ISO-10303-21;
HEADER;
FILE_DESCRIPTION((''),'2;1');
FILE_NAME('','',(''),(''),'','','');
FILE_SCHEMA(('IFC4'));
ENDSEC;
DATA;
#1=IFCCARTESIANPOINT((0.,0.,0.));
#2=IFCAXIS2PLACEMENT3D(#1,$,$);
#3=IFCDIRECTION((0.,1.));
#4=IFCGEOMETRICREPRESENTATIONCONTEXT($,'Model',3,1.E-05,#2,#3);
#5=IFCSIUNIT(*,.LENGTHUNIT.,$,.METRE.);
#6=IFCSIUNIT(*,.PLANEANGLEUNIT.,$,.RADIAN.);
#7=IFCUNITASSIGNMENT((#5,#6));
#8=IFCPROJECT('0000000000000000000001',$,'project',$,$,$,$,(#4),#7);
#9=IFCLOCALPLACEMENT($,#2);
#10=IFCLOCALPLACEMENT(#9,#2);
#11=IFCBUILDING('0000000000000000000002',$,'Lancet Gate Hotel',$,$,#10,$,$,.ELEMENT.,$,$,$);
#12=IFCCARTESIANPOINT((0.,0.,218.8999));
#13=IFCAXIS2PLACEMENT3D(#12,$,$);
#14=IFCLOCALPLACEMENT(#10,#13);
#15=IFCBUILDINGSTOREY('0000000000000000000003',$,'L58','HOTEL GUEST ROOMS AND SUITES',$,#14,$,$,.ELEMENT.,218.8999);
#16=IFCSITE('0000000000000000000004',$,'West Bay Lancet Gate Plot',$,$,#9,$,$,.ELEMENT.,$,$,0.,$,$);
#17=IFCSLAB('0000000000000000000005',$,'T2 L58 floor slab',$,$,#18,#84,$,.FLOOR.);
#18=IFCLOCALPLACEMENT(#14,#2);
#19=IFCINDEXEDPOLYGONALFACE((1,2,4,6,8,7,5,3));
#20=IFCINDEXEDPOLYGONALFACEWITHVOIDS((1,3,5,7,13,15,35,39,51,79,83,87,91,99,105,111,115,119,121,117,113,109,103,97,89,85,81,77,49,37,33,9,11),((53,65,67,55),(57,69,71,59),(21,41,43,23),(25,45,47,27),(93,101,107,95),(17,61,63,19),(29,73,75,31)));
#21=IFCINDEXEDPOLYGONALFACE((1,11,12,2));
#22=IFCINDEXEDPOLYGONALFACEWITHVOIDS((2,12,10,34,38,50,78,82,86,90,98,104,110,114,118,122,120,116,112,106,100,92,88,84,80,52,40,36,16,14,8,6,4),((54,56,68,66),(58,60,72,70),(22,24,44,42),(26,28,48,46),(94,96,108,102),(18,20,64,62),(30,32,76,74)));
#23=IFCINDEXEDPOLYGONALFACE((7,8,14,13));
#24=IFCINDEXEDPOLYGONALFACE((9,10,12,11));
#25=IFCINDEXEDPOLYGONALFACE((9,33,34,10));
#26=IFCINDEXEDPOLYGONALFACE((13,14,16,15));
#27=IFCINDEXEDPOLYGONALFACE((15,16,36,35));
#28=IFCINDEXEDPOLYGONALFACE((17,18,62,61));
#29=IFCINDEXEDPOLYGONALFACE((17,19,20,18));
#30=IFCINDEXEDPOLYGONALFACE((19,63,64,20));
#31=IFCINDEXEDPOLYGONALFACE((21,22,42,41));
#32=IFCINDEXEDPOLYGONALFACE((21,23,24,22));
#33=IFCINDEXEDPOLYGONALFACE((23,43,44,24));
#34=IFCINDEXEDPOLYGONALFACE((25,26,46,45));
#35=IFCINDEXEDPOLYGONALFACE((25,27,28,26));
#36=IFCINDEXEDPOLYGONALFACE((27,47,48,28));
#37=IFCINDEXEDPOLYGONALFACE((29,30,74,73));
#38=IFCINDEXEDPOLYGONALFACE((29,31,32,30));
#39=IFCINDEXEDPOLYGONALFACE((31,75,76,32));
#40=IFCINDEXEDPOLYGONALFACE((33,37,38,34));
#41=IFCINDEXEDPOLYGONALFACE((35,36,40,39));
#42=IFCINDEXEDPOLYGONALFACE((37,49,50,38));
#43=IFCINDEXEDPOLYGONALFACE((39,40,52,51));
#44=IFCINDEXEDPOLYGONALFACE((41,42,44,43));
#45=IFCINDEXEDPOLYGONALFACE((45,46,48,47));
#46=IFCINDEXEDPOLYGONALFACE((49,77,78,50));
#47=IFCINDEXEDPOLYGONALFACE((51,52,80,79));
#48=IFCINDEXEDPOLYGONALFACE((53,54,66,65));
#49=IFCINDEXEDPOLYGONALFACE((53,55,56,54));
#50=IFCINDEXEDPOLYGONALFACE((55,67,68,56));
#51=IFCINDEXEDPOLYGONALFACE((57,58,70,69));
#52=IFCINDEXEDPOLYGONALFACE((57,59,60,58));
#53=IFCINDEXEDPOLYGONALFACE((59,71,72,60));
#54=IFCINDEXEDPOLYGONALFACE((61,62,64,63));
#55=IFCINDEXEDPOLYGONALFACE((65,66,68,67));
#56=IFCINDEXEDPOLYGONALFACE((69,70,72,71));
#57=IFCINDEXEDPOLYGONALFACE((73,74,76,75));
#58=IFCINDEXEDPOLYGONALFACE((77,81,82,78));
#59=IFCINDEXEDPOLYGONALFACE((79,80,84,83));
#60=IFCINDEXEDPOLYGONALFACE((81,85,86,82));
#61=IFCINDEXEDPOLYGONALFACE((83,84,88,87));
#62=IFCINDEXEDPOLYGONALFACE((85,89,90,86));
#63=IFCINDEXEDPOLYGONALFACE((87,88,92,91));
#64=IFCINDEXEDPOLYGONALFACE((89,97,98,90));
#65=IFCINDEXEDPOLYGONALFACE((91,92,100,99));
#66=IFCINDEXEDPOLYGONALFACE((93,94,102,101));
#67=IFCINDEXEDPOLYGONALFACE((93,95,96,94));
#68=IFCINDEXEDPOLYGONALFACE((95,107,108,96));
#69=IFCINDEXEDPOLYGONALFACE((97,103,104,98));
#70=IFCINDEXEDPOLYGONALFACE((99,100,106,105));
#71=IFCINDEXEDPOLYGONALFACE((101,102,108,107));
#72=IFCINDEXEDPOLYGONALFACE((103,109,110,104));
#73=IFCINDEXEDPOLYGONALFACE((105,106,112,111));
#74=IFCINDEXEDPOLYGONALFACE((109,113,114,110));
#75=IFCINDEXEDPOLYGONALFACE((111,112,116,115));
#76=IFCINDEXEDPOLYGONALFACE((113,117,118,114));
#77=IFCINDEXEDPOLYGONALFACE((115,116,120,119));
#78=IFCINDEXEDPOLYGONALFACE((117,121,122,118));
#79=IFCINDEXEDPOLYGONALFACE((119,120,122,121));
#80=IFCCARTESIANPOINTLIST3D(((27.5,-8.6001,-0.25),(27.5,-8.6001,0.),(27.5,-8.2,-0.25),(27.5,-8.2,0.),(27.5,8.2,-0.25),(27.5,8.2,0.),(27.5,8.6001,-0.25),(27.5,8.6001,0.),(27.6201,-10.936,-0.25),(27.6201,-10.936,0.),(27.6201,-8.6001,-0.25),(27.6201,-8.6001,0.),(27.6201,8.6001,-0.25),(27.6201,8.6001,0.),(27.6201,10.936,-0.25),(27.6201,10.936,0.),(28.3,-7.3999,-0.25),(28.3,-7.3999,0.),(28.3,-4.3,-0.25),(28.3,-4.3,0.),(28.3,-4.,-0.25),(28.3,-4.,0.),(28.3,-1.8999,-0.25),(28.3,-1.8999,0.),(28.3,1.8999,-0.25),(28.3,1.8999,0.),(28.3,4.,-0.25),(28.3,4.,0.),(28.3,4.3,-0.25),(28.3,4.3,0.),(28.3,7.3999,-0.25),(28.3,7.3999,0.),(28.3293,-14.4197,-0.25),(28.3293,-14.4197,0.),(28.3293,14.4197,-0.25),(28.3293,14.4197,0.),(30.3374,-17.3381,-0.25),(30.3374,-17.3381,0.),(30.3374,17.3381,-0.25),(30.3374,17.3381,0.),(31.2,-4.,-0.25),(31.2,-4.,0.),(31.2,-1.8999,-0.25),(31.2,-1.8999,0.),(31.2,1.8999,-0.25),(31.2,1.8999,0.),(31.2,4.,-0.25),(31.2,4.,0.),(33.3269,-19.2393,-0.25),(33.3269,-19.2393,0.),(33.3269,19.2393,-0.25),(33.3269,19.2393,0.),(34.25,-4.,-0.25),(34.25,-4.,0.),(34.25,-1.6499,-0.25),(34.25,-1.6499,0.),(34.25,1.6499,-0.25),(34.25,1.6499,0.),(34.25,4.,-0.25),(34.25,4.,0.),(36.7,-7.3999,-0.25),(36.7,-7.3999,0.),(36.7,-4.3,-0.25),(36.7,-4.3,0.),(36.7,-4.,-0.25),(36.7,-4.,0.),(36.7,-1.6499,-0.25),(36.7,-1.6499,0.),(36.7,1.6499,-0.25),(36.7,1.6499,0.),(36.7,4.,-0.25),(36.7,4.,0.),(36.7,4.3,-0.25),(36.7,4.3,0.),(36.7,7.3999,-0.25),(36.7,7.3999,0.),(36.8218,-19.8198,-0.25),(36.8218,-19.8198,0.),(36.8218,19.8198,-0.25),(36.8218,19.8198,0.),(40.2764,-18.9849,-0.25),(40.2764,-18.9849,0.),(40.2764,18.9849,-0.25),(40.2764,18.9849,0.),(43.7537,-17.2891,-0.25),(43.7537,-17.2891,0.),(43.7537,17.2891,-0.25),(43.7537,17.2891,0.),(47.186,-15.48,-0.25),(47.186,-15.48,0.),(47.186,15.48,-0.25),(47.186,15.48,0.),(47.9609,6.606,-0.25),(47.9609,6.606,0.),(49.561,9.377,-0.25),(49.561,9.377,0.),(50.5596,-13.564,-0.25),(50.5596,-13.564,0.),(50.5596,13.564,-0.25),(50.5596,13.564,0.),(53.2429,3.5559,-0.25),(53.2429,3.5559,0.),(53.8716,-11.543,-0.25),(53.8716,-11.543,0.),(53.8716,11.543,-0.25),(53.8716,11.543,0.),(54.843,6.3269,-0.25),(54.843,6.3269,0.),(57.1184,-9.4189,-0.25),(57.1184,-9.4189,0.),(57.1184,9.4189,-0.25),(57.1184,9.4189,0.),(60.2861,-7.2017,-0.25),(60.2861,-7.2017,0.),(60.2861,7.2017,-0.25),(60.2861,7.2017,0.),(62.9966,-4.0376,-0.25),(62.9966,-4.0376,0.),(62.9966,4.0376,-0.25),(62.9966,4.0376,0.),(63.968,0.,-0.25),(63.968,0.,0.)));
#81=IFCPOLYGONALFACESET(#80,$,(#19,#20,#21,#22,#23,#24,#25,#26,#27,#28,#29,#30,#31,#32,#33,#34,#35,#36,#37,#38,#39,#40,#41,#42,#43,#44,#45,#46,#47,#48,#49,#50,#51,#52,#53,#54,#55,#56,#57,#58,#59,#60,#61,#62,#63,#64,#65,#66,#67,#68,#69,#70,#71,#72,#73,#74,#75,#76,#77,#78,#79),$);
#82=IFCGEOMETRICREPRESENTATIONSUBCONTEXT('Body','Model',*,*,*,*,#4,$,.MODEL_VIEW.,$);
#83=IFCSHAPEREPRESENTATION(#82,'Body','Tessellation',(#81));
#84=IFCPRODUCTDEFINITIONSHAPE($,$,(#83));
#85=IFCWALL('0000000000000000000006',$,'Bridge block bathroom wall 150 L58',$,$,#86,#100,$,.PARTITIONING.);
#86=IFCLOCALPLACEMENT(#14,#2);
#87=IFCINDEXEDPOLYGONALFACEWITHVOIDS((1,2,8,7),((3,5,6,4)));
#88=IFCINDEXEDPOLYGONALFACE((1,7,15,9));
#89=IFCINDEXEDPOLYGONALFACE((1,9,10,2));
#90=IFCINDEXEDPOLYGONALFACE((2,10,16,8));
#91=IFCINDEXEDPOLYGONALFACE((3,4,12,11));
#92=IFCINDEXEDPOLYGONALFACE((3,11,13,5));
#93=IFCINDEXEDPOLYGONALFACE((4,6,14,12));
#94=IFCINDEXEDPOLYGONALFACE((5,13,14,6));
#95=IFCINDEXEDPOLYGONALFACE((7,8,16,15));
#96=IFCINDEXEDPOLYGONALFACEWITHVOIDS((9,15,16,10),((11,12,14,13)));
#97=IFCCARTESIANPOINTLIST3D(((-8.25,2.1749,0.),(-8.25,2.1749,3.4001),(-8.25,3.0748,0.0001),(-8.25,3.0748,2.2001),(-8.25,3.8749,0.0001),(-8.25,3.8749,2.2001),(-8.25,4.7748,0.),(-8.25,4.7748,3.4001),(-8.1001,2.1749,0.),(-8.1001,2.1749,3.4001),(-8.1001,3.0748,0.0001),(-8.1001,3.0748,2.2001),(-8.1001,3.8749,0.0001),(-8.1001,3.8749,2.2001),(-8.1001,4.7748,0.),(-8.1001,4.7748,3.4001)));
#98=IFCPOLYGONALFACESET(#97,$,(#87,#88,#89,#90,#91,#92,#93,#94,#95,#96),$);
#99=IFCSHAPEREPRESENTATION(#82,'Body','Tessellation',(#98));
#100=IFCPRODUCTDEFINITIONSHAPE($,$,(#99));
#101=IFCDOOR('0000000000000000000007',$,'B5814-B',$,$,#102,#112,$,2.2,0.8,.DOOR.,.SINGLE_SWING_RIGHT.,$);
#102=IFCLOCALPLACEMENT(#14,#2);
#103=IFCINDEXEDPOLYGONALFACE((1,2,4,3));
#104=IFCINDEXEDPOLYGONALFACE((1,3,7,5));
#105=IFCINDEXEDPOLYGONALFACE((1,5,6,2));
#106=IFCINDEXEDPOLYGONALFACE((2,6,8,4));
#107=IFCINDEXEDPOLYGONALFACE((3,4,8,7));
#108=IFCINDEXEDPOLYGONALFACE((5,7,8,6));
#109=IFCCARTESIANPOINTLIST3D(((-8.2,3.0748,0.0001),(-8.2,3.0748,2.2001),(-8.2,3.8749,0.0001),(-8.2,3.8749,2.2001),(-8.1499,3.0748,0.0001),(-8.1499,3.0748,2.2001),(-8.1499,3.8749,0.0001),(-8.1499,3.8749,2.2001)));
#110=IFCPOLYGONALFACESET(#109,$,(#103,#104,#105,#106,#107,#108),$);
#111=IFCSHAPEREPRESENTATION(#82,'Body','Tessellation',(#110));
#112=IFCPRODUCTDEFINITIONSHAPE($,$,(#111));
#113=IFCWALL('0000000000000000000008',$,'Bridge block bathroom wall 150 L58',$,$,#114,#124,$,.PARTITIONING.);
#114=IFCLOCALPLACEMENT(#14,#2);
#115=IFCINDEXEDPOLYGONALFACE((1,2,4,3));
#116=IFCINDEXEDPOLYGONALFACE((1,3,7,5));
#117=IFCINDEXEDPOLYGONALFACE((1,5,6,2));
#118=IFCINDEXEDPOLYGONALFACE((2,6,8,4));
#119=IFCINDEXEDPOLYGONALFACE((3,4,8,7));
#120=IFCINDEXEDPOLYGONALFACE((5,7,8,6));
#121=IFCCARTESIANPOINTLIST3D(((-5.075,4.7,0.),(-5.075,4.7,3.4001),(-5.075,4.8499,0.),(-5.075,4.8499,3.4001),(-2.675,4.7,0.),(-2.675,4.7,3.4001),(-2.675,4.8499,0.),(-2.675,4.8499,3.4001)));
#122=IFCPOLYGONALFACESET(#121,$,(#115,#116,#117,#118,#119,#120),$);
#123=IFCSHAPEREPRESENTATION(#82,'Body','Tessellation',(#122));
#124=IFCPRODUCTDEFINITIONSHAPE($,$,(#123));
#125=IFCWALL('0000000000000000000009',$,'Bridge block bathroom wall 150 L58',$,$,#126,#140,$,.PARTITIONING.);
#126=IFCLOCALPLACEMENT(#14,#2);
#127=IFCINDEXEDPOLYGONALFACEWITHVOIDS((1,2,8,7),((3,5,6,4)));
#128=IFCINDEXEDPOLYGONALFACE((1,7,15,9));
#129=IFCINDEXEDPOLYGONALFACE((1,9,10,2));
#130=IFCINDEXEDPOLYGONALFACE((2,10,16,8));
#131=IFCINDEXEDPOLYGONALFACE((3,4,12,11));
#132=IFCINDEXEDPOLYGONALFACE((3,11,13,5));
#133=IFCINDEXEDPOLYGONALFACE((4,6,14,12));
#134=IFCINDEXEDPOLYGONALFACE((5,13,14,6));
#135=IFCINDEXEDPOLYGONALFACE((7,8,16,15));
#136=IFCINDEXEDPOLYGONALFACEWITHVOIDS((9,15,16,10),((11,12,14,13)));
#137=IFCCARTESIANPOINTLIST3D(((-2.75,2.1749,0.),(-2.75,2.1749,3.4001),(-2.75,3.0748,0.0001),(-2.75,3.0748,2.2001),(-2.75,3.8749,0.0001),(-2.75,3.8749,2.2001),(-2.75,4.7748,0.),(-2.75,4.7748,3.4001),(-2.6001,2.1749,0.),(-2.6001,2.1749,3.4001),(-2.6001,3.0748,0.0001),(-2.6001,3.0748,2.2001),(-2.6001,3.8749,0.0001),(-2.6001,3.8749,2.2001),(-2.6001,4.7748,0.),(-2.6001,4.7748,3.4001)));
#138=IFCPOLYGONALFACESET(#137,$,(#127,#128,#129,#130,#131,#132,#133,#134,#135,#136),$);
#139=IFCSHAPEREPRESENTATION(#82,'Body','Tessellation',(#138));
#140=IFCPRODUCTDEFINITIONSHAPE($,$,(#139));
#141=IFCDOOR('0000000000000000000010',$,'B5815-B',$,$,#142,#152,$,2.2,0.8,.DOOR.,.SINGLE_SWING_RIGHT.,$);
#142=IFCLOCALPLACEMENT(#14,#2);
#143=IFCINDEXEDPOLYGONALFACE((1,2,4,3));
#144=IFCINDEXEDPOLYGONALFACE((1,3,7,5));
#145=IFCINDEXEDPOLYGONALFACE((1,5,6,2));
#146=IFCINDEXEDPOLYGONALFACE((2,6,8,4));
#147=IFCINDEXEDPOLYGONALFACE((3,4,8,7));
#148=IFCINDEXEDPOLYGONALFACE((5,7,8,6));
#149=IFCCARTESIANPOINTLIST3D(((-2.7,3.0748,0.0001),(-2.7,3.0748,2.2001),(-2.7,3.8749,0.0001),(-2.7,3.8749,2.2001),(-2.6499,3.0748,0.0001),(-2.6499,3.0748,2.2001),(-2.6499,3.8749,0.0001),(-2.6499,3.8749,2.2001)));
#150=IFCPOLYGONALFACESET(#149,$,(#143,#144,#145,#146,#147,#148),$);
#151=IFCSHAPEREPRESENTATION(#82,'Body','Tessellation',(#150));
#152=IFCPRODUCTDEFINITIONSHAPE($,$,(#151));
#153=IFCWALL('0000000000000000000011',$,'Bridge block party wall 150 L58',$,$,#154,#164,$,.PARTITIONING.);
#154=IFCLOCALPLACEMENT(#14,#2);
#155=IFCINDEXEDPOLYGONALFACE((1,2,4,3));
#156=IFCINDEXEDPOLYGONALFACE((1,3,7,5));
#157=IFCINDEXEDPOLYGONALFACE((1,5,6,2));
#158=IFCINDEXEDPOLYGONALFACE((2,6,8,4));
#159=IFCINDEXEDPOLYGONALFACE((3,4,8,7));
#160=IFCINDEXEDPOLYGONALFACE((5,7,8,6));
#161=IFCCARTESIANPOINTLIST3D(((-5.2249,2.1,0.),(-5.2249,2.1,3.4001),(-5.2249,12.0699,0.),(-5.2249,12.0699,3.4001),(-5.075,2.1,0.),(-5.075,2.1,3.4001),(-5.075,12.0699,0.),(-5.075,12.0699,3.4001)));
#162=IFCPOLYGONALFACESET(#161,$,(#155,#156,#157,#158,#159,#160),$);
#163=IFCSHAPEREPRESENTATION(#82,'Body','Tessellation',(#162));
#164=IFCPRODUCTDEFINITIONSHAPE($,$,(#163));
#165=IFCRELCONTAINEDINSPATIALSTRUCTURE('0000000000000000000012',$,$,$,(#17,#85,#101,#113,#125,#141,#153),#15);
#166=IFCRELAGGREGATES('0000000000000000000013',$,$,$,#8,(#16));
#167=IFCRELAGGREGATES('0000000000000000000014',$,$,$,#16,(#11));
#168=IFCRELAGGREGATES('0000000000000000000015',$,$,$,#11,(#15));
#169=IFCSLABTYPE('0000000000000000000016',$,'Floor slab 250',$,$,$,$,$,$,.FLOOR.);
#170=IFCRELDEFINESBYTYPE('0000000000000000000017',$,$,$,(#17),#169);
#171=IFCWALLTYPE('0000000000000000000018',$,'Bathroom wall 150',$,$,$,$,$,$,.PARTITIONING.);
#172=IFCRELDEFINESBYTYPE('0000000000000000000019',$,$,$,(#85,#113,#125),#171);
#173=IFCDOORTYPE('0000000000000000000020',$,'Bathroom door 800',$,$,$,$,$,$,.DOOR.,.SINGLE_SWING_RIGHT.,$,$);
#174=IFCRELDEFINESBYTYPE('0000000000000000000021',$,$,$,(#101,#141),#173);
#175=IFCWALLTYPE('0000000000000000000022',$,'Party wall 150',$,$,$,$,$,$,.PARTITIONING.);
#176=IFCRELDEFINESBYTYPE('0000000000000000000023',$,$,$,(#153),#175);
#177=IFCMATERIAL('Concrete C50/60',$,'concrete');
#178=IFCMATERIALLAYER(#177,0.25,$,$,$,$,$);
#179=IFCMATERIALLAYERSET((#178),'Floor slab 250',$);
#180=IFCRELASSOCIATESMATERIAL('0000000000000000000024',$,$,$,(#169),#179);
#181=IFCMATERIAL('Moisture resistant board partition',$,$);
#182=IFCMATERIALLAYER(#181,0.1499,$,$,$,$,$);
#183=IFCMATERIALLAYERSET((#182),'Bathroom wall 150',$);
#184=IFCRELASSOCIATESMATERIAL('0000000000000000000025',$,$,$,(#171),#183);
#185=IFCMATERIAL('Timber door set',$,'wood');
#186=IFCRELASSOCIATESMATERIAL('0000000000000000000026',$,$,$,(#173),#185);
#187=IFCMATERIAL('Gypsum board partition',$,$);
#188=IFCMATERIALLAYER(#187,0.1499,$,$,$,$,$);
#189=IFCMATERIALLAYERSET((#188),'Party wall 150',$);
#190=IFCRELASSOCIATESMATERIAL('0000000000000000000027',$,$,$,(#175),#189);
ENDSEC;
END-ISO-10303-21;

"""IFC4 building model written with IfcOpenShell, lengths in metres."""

from ifc_helpers import new_model, si_unit, direction, frame, frame_2d, origin, place, context, subcontext, project, spatial, polyline, rectangle, outline, extrude, material, layer, layer_set, type_object, element, fill, save


model = new_model("IFC4")

# Units and contexts
model_context = context("Model", 3, precision=1e-05, world=origin(), true_north=direction((0.0, 1.0)))
body_context = subcontext(model_context, "Body", "Model", "MODEL_VIEW")
ifc_project = project(units=[si_unit("LENGTHUNIT", "METRE"), si_unit("PLANEANGLEUNIT", "RADIAN")], contexts=[model_context])

# Site, building, storey
site_placement = place(None, origin())
site = spatial("IfcSite", under=ifc_project, at=site_placement, Name="West Bay Lancet Gate Plot", CompositionType="ELEMENT", RefElevation=0.0)
building_placement = place(site_placement, origin())
building = spatial("IfcBuilding", under=site, at=building_placement, Name="Lancet Gate Hotel", CompositionType="ELEMENT")
storey_placement = place(building_placement, frame((0.0, 0.0, 218.8999)))
storey = spatial("IfcBuildingStorey", under=building, at=storey_placement, Name="L58", Description="HOTEL GUEST ROOMS AND SUITES", CompositionType="ELEMENT", Elevation=218.8999)

# Slab
ifc_material_1 = material(Name="Concrete C50/60", Category="concrete")
ifc_layer_1 = layer(ifc_material_1, 0.25)
ifc_layer_set_1 = layer_set([ifc_layer_1], Name="Floor slab 250")
slab_type_1 = type_object("IfcSlabType", Name="Floor slab 250", PredefinedType="FLOOR", material=ifc_layer_set_1)
slab_1_placement = place(storey_placement, frame((0.0, 0.0, -0.25)))
element("IfcSlab", 1, at=slab_1_placement, inside=storey, type_object=slab_type_1, Name="T2 L58 floor slab", PredefinedType="FLOOR", context=body_context, shape_type="SweptSolid", body=[
    extrude(outline(polyline([(27.5, -8.6001), (27.6201, -8.6001), (27.6201, -10.936), (28.3293, -14.4197), (30.3374, -17.3381), (33.3269, -19.2393), (36.8218, -19.8198), (40.2764, -18.9849), (43.7537, -17.2891), (47.186, -15.48), (50.5596, -13.564), (53.8716, -11.543), (57.1184, -9.4189), (60.2861, -7.2017), (62.9966, -4.0376), (63.968, 0.0), (62.9966, 4.0376), (60.2861, 7.2017), (57.1184, 9.4189), (53.8716, 11.543), (50.5596, 13.564), (47.186, 15.48), (43.7537, 17.2891), (40.2764, 18.9849), (36.8218, 19.8198), (33.3269, 19.2393), (30.3374, 17.3381), (28.3293, 14.4197), (27.6201, 10.936), (27.6201, 8.6001), (27.5, 8.6001), (27.5, 8.2), (27.5, -8.2), (27.5, -8.6001)]), holes=[polyline([(36.7, -7.3999), (36.7, -4.3), (28.3, -4.3), (28.3, -7.3999), (36.7, -7.3999)]), polyline([(28.3, -4.0), (31.2, -4.0), (31.2, -1.8999), (28.3, -1.8999), (28.3, -4.0)]), polyline([(34.25, -4.0), (36.7, -4.0), (36.7, -1.6499), (34.25, -1.6499), (34.25, -4.0)]), polyline([(36.7, 1.6499), (36.7, 4.0), (34.25, 4.0), (34.25, 1.6499), (36.7, 1.6499)]), polyline([(28.3, 1.8999), (31.2, 1.8999), (31.2, 4.0), (28.3, 4.0), (28.3, 1.8999)]), polyline([(28.3, 4.3), (36.7, 4.3), (36.7, 7.3999), (28.3, 7.3999), (28.3, 4.3)]), polyline([(53.2429, 3.5559), (54.843, 6.3269), (49.561, 9.377), (47.9609, 6.606), (53.2429, 3.5559)])]), origin(), (0.0, 0.0, 1.0), 0.25),
])

# Wall, opening, door
ifc_material_2 = material(Name="Moisture resistant board partition")
ifc_layer_2 = layer(ifc_material_2, 0.1499)
ifc_layer_set_2 = layer_set([ifc_layer_2], Name="Bathroom wall 150")
wall_type_1 = type_object("IfcWallType", Name="Bathroom wall 150", PredefinedType="PARTITIONING", material=ifc_layer_set_2)
wall_1_placement = place(storey_placement, frame((-8.175, 2.175, 0.0), z_axis=(0.0, 0.0, 1.0), x_axis=(0.0, 1.0, 0.0)))
wall_1 = element("IfcWall", 2, at=wall_1_placement, inside=storey, type_object=wall_type_1, Name="Bridge block bathroom wall 150 L58", PredefinedType="PARTITIONING", context=body_context, shape_type="SweptSolid", body=[
    extrude(rectangle(XDim=2.5999, YDim=0.1499, at=frame_2d((1.2998, 0.0))), origin(), (0.0, 0.0, 1.0), 3.4001),
])
opening_1_placement = place(wall_1_placement, frame((0.8999, 0.0, 0.0)))
opening_1 = element("IfcOpeningElement", 3, at=opening_1_placement, cuts=wall_1, PredefinedType="OPENING", context=body_context, shape_type="SweptSolid", body=[
    extrude(rectangle(XDim=0.8, YDim=2.2, at=frame_2d((0.3999, 1.1001))), frame((0.0, 0.085, 0.0), z_axis=(0.0, -1.0, 0.0), x_axis=(1.0, 0.0, 0.0)), (0.0, 0.0, 1.0), 0.1699),
])
ifc_material_3 = material(Name="Timber door set", Category="wood")
door_type = type_object("IfcDoorType", Name="Bathroom door 800", OperationType="SINGLE_SWING_RIGHT", PredefinedType="DOOR", material=ifc_material_3)
door_1_placement = place(opening_1_placement, origin())
door_1 = element("IfcDoor", 4, at=door_1_placement, inside=storey, type_object=door_type, Name="B5814-B", OperationType="SINGLE_SWING_RIGHT", OverallHeight=2.2, OverallWidth=0.8, PredefinedType="DOOR", context=body_context, shape_type="SweptSolid", body=[
    extrude(rectangle(XDim=0.8, YDim=2.2, at=frame_2d((0.3999, 1.1001))), frame((0.0, 0.0249, 0.0), z_axis=(0.0, -1.0, 0.0), x_axis=(1.0, 0.0, 0.0)), (0.0, 0.0, 1.0), 0.05),
])
fill(opening_1, door_1)

# Wall
wall_2_placement = place(storey_placement, frame((-5.075, 4.7749, 0.0), z_axis=(0.0, 0.0, 1.0), x_axis=(1.0, 0.0, 0.0)))
element("IfcWall", 5, at=wall_2_placement, inside=storey, type_object=wall_type_1, Name="Bridge block bathroom wall 150 L58", PredefinedType="PARTITIONING", context=body_context, shape_type="SweptSolid", body=[
    extrude(rectangle(XDim=2.3999, YDim=0.1499, at=frame_2d((1.2, 0.0))), origin(), (0.0, 0.0, 1.0), 3.4001),
])

# Wall, opening, door
wall_3_placement = place(storey_placement, frame((-2.675, 2.175, 0.0), z_axis=(0.0, 0.0, 1.0), x_axis=(0.0, 1.0, 0.0)))
wall_3 = element("IfcWall", 6, at=wall_3_placement, inside=storey, type_object=wall_type_1, Name="Bridge block bathroom wall 150 L58", PredefinedType="PARTITIONING", context=body_context, shape_type="SweptSolid", body=[
    extrude(rectangle(XDim=2.5999, YDim=0.1499, at=frame_2d((1.2998, 0.0))), origin(), (0.0, 0.0, 1.0), 3.4001),
])
opening_2_placement = place(wall_3_placement, frame((0.8999, 0.0, 0.0)))
opening_2 = element("IfcOpeningElement", 7, at=opening_2_placement, cuts=wall_3, PredefinedType="OPENING", context=body_context, shape_type="SweptSolid", body=[
    extrude(rectangle(XDim=0.8, YDim=2.2, at=frame_2d((0.3999, 1.1001))), frame((0.0, 0.085, 0.0), z_axis=(0.0, -1.0, 0.0), x_axis=(1.0, 0.0, 0.0)), (0.0, 0.0, 1.0), 0.1699),
])
door_2_placement = place(opening_2_placement, origin())
door_2 = element("IfcDoor", 8, at=door_2_placement, inside=storey, type_object=door_type, Name="B5815-B", OperationType="SINGLE_SWING_RIGHT", OverallHeight=2.2, OverallWidth=0.8, PredefinedType="DOOR", context=body_context, shape_type="SweptSolid", body=[
    extrude(rectangle(XDim=0.8, YDim=2.2, at=frame_2d((0.3999, 1.1001))), frame((0.0, 0.0249, 0.0), z_axis=(0.0, -1.0, 0.0), x_axis=(1.0, 0.0, 0.0)), (0.0, 0.0, 1.0), 0.05),
])
fill(opening_2, door_2)

# Wall
ifc_material_4 = material(Name="Gypsum board partition")
ifc_layer_3 = layer(ifc_material_4, 0.1499)
ifc_layer_set_3 = layer_set([ifc_layer_3], Name="Party wall 150")
wall_type_2 = type_object("IfcWallType", Name="Party wall 150", PredefinedType="PARTITIONING", material=ifc_layer_set_3)
wall_4_placement = place(storey_placement, frame((-5.1499, 2.1001, 0.0), z_axis=(0.0, 0.0, 1.0), x_axis=(0.0, 1.0, 0.0)))
element("IfcWall", 9, at=wall_4_placement, inside=storey, type_object=wall_type_2, Name="Bridge block party wall 150 L58", PredefinedType="PARTITIONING", context=body_context, shape_type="SweptSolid", body=[
    extrude(rectangle(XDim=9.97, YDim=0.1499, at=frame_2d((4.9849, 0.0))), origin(), (0.0, 0.0, 1.0), 3.4001),
])

save(model, "model.ifc")
